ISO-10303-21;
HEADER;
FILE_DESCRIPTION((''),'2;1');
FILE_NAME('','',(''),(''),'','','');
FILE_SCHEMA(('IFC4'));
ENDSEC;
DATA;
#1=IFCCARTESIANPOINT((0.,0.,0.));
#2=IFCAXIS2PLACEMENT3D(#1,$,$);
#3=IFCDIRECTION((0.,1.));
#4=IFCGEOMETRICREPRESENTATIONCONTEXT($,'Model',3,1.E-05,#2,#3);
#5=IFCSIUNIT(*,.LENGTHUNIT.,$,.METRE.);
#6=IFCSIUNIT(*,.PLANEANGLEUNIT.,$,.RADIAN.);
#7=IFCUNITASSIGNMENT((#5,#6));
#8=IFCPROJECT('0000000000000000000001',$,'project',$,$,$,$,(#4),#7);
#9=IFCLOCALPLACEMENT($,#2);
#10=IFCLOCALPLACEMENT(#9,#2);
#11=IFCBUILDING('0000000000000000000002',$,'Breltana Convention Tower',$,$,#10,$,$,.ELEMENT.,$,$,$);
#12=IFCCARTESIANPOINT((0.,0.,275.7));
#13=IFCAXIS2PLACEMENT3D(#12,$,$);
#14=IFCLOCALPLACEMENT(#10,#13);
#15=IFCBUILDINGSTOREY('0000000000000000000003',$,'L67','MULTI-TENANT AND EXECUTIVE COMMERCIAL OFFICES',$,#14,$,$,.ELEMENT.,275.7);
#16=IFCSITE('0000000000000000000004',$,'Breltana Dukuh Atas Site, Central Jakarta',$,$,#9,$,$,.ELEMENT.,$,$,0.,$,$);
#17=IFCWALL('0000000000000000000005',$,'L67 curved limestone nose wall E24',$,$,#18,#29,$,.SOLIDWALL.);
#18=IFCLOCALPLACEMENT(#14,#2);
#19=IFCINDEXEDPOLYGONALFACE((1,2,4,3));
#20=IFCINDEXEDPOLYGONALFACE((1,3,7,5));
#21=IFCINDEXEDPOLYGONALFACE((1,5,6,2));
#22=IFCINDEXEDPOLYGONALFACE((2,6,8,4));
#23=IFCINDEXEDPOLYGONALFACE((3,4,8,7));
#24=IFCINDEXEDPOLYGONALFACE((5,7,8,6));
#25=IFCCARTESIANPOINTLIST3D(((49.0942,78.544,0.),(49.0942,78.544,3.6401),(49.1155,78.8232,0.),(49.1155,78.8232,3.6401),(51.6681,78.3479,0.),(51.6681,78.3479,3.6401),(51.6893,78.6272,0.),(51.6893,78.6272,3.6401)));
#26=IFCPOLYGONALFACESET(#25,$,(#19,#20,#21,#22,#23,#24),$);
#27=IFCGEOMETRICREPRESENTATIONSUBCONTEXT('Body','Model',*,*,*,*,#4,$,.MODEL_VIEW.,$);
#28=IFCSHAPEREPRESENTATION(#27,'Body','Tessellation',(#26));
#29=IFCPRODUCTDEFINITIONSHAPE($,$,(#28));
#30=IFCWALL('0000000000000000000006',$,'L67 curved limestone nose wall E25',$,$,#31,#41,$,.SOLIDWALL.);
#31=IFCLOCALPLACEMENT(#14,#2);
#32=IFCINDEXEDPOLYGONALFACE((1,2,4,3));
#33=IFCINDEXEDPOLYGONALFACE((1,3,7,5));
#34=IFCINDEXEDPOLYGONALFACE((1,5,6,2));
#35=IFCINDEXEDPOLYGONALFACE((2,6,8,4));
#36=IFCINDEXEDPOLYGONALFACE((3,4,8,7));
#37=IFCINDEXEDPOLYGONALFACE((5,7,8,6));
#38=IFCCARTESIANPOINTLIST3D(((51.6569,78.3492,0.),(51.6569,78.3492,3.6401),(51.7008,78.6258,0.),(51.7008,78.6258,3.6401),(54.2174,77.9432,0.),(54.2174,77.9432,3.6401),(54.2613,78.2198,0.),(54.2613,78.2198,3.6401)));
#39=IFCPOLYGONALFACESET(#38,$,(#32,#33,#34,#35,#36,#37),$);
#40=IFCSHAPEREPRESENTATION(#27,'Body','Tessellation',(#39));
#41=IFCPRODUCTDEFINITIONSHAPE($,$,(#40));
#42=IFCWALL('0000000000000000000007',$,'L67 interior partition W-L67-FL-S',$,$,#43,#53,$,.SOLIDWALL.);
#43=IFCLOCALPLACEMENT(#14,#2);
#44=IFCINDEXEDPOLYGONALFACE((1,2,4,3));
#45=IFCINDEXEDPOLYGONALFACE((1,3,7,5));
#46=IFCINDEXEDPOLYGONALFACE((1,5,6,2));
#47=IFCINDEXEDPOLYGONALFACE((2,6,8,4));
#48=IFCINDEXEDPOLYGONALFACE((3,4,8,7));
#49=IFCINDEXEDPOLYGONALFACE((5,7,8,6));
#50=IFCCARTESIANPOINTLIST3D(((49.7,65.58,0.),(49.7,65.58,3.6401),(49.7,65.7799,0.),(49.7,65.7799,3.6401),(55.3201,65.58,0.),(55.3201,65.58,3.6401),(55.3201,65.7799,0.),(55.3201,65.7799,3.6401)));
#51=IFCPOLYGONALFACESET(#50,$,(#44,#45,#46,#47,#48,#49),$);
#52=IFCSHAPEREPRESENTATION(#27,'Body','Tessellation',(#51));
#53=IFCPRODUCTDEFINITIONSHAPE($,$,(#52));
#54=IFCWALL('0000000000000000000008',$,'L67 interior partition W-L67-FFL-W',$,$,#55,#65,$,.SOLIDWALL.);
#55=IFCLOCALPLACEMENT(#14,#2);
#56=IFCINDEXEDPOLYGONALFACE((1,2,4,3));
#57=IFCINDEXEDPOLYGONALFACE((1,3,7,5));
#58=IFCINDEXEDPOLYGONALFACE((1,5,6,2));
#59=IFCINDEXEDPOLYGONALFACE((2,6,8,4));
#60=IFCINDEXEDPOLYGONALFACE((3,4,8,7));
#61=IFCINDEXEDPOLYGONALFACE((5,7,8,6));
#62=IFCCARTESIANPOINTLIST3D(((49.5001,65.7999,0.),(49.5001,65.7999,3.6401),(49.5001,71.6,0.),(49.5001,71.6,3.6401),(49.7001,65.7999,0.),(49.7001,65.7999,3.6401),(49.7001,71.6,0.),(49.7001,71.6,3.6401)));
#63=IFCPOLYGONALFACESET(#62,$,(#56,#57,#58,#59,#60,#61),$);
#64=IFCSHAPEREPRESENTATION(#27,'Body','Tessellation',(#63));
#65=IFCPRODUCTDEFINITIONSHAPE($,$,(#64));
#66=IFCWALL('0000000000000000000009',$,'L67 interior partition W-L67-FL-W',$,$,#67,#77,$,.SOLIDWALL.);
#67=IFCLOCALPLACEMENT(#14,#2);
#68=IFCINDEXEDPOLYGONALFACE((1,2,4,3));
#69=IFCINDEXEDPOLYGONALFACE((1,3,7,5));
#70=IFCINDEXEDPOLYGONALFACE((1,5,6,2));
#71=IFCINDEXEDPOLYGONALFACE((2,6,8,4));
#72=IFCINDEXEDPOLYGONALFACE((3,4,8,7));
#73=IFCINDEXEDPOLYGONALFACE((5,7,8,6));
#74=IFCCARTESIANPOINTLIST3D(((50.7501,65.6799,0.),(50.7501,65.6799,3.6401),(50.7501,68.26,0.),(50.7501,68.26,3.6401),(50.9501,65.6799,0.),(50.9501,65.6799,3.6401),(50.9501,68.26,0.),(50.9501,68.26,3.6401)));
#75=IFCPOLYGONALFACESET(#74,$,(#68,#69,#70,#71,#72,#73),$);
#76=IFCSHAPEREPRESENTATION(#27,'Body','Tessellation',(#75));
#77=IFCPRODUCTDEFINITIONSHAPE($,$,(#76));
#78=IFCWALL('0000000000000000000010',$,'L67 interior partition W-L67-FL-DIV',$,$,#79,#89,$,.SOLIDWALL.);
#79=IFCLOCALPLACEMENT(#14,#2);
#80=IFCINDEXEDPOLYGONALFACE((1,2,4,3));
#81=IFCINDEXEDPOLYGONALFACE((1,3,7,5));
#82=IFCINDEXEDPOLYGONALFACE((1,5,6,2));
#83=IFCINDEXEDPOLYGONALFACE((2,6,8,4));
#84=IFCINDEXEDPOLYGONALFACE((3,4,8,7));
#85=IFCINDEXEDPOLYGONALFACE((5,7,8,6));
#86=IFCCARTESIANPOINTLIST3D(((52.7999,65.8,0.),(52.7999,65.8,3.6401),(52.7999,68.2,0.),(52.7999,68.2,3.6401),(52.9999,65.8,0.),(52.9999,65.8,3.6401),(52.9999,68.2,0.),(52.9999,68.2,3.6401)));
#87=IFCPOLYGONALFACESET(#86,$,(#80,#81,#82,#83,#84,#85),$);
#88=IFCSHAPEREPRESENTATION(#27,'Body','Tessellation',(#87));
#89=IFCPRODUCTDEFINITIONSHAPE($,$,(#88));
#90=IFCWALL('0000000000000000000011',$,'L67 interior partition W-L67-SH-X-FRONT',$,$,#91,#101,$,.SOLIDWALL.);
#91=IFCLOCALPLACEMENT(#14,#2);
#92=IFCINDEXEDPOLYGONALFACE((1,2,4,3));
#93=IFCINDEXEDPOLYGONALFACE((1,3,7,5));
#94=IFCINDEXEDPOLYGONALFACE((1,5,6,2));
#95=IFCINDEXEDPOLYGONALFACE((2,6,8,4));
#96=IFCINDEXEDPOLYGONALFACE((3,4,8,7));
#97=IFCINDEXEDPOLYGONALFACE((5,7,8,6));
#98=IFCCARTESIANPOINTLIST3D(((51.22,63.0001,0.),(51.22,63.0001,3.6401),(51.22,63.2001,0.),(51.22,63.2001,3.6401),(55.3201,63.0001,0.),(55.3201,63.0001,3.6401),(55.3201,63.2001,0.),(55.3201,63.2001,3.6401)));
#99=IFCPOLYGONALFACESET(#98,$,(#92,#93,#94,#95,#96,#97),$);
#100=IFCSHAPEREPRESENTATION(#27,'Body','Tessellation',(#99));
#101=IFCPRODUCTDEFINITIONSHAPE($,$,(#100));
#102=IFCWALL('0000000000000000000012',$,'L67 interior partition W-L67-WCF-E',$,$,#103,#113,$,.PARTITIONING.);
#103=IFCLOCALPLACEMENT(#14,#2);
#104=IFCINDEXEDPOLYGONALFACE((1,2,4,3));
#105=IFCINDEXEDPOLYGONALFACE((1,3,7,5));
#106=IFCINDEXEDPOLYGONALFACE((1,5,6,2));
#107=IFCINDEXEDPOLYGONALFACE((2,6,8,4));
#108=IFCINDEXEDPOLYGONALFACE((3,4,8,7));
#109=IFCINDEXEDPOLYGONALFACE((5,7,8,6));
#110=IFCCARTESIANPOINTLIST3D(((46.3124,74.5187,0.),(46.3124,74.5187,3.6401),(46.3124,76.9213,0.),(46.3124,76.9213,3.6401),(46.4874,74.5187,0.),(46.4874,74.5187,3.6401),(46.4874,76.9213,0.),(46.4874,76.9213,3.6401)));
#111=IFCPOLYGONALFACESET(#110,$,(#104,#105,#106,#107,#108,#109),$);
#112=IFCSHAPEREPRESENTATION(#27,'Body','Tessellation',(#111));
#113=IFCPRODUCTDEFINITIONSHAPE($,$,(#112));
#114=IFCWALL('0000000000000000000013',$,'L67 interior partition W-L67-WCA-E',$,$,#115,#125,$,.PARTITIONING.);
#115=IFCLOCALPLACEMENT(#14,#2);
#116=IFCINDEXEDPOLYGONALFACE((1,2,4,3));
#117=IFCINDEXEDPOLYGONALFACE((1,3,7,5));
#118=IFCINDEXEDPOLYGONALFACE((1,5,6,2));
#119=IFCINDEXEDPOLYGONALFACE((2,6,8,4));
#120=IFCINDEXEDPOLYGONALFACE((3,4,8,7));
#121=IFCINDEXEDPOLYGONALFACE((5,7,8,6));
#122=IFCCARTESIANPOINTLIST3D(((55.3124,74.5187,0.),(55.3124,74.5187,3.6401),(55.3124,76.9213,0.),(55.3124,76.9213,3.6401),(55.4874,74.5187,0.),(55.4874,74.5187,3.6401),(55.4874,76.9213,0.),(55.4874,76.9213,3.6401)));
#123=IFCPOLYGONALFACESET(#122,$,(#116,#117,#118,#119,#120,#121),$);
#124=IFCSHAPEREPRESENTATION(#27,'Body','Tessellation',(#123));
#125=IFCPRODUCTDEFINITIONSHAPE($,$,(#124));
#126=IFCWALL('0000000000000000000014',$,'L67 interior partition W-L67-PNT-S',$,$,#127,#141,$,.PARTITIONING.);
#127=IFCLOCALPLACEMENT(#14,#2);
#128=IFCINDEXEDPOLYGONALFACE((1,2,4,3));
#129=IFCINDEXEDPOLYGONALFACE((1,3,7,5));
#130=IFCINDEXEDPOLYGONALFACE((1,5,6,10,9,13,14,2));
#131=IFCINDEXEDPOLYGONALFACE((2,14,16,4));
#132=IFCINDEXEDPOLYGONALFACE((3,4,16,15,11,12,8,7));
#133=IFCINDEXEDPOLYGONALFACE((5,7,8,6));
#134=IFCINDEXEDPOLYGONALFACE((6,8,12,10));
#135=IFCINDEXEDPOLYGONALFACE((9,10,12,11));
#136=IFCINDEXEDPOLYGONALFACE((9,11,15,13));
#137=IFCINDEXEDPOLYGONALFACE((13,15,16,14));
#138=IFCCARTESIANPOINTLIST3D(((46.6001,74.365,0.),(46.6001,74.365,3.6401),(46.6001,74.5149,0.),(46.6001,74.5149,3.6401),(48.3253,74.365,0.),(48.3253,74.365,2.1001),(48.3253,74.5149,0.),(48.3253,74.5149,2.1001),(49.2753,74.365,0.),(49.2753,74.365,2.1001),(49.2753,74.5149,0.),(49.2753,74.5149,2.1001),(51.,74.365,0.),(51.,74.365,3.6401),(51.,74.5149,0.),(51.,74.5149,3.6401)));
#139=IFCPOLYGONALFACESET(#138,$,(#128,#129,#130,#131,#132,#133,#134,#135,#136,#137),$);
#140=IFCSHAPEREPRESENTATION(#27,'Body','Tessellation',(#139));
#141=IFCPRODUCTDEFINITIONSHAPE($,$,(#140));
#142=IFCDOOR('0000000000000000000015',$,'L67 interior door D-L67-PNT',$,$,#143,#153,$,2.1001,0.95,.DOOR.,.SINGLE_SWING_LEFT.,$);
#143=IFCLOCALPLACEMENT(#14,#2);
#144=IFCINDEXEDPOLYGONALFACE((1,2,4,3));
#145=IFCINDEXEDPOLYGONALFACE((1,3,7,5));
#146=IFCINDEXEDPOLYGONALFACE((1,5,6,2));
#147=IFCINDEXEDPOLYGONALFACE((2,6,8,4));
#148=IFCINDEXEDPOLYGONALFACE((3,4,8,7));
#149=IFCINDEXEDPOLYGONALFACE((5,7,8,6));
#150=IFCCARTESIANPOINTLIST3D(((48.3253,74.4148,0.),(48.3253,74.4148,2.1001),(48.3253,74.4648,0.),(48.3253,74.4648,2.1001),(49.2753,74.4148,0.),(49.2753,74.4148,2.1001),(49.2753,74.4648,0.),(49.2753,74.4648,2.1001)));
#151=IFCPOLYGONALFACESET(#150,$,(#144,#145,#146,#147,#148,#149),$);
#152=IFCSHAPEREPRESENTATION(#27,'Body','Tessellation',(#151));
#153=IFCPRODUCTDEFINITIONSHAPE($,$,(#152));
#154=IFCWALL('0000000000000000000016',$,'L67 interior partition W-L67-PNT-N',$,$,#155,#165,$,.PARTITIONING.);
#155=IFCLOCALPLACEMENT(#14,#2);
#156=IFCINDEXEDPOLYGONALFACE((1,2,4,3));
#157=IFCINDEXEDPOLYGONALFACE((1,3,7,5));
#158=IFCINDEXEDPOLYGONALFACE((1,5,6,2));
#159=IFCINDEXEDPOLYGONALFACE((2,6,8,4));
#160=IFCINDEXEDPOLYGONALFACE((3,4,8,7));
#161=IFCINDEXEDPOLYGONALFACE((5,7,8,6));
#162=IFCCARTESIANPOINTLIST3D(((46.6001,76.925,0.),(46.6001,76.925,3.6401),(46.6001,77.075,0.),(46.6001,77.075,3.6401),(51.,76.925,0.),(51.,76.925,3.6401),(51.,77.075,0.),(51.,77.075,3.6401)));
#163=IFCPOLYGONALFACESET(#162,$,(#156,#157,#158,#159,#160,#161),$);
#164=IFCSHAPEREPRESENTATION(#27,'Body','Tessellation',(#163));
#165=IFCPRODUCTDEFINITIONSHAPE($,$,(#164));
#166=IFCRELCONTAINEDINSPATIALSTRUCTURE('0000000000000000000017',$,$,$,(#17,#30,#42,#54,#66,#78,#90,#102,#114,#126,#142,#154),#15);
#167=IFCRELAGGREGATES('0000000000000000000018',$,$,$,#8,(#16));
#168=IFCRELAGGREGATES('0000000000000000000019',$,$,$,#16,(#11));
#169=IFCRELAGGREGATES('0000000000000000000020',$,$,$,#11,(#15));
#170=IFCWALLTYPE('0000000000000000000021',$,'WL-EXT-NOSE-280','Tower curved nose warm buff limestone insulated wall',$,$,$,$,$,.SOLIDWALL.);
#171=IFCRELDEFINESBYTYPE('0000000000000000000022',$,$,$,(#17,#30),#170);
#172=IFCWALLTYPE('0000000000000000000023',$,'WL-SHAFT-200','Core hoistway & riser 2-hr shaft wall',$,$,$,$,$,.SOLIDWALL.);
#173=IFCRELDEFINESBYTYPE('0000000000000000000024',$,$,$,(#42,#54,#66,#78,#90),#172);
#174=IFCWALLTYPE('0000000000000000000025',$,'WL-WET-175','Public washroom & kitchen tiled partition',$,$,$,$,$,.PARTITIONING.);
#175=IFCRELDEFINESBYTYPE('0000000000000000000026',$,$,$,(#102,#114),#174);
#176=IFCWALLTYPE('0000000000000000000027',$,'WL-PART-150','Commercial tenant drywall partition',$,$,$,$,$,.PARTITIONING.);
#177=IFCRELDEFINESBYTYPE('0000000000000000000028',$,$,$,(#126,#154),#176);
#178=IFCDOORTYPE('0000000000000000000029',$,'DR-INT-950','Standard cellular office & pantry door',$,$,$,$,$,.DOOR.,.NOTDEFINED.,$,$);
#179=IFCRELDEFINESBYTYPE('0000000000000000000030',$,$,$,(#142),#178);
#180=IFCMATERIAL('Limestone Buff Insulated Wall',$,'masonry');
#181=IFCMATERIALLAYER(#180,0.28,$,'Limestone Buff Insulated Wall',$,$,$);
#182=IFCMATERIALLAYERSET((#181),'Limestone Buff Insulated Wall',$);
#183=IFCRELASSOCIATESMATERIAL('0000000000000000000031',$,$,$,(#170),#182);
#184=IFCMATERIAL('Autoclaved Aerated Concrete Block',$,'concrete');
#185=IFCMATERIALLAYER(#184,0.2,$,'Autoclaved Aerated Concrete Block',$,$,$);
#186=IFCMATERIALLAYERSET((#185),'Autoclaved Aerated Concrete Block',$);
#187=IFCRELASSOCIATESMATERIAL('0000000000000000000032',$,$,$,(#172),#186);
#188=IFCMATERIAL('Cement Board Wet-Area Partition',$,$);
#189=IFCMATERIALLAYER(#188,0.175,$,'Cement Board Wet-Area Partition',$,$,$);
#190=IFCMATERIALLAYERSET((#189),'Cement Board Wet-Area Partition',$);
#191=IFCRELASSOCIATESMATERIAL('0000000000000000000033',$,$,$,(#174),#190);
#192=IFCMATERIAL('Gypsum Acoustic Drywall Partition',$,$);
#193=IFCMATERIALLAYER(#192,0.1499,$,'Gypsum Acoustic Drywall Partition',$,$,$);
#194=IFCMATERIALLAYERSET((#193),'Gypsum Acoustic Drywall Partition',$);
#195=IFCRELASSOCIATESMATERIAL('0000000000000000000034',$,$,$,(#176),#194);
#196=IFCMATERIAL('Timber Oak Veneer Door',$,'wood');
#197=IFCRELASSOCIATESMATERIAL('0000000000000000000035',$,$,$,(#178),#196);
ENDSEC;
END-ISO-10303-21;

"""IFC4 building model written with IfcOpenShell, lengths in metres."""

from ifc_helpers import new_model, si_unit, direction, frame, frame_2d, origin, place, context, subcontext, project, spatial, rectangle, extrude, source, transform, mapped, material, layer, layer_set, type_object, type_shapes, element, fill, save


model = new_model("IFC4")

# Units and contexts
model_context = context("Model", 3, precision=1e-05, world=origin(), true_north=direction((0.0, 1.0)))
body_context = subcontext(model_context, "Body", "Model", "MODEL_VIEW")
ifc_project = project(units=[si_unit("LENGTHUNIT", "METRE"), si_unit("PLANEANGLEUNIT", "RADIAN")], contexts=[model_context])

# Site, building, storey
site_placement = place(None, origin())
site = spatial("IfcSite", under=ifc_project, at=site_placement, Name="Breltana Dukuh Atas Site, Central Jakarta", CompositionType="ELEMENT", RefElevation=0.0)
building_placement = place(site_placement, origin())
building = spatial("IfcBuilding", under=site, at=building_placement, Name="Breltana Convention Tower", CompositionType="ELEMENT")
storey_placement = place(building_placement, frame((0.0, 0.0, 275.7)))
storey = spatial("IfcBuildingStorey", under=building, at=storey_placement, Name="L67", Description="MULTI-TENANT AND EXECUTIVE COMMERCIAL OFFICES", CompositionType="ELEMENT", Elevation=275.7)

# Walls
ifc_material_1 = material(Name="Limestone Buff Insulated Wall", Category="masonry")
ifc_layer_1 = layer(ifc_material_1, 0.28, Name="Limestone Buff Insulated Wall")
ifc_layer_set_1 = layer_set([ifc_layer_1], Name="Limestone Buff Insulated Wall")
wall_type_1 = type_object("IfcWallType", Name="WL-EXT-NOSE-280", Description="Tower curved nose warm buff limestone insulated wall", PredefinedType="SOLIDWALL", material=ifc_layer_set_1)
shared_shape_1 = source(origin(), body_context, "Body", "SweptSolid", [
    extrude(rectangle(XDim=2.5813, YDim=0.28, at=frame_2d((1.2905, 0.0))), origin(), (0.0, 0.0, 1.0), 3.6401),
])
wall_1_placement = place(storey_placement, frame((49.105, 78.6836, 0.0), z_axis=(0.0, 0.0, 1.0), x_axis=(0.997112, -0.075951, 0.0)))
element("IfcWall", 1, at=wall_1_placement, inside=storey, type_object=wall_type_1, Name="L67 curved limestone nose wall E24", PredefinedType="SOLIDWALL", context=body_context, shape_type="MappedRepresentation", body=[
    mapped(shared_shape_1, transform((0.0, 0.0, 0.0), scale=1.0)),
])
shared_shape_2 = source(origin(), body_context, "Body", "SweptSolid", [
    extrude(rectangle(XDim=2.5925, YDim=0.28, at=frame_2d((1.2964, 0.0))), origin(), (0.0, 0.0, 1.0), 3.6401),
])
wall_2_placement = place(storey_placement, frame((51.6787, 78.4875, 0.0), z_axis=(0.0, 0.0, 1.0), x_axis=(0.987661, -0.156606, 0.0)))
element("IfcWall", 2, at=wall_2_placement, inside=storey, type_object=wall_type_1, Name="L67 curved limestone nose wall E25", PredefinedType="SOLIDWALL", context=body_context, shape_type="MappedRepresentation", body=[
    mapped(shared_shape_2, transform((0.0, 0.0, 0.0), scale=1.0)),
])

# Shared definitions
ifc_material_2 = material(Name="Autoclaved Aerated Concrete Block", Category="concrete")
ifc_layer_2 = layer(ifc_material_2, 0.2, Name="Autoclaved Aerated Concrete Block")
ifc_layer_set_2 = layer_set([ifc_layer_2], Name="Autoclaved Aerated Concrete Block")
wall_type_2 = type_object("IfcWallType", Name="WL-SHAFT-200", Description="Core hoistway & riser 2-hr shaft wall", PredefinedType="SOLIDWALL", material=ifc_layer_set_2)
shared_shape_3 = source(origin(), body_context, "Body", "SweptSolid", [
    extrude(rectangle(XDim=5.6201, YDim=0.2, at=frame_2d((2.8101, 0.0))), origin(), (0.0, 0.0, 1.0), 3.6401),
])

# Walls
wall_3_placement = place(storey_placement, frame((49.7, 65.6799, 0.0), z_axis=(0.0, 0.0, 1.0), x_axis=(1.0, 0.0, 0.0)))
element("IfcWall", 3, at=wall_3_placement, inside=storey, type_object=wall_type_2, Name="L67 interior partition W-L67-FL-S", PredefinedType="SOLIDWALL", context=body_context, shape_type="MappedRepresentation", body=[
    mapped(shared_shape_3, transform((0.0, 0.0, 0.0), scale=1.0)),
])
shared_shape_4 = source(origin(), body_context, "Body", "SweptSolid", [
    extrude(rectangle(XDim=5.8, YDim=0.2, at=frame_2d((2.8999, 0.0))), origin(), (0.0, 0.0, 1.0), 3.6401),
])
wall_4_placement = place(storey_placement, frame((49.6001, 65.8, 0.0), z_axis=(0.0, 0.0, 1.0), x_axis=(0.0, 1.0, 0.0)))
element("IfcWall", 4, at=wall_4_placement, inside=storey, type_object=wall_type_2, Name="L67 interior partition W-L67-FFL-W", PredefinedType="SOLIDWALL", context=body_context, shape_type="MappedRepresentation", body=[
    mapped(shared_shape_4, transform((0.0, 0.0, 0.0), scale=1.0)),
])
shared_shape_5 = source(origin(), body_context, "Body", "SweptSolid", [
    extrude(rectangle(XDim=2.5801, YDim=0.2, at=frame_2d((1.29, 0.0))), origin(), (0.0, 0.0, 1.0), 3.6401),
])
wall_5_placement = place(storey_placement, frame((50.8501, 65.6799, 0.0), z_axis=(0.0, 0.0, 1.0), x_axis=(0.0, 1.0, 0.0)))
element("IfcWall", 5, at=wall_5_placement, inside=storey, type_object=wall_type_2, Name="L67 interior partition W-L67-FL-W", PredefinedType="SOLIDWALL", context=body_context, shape_type="MappedRepresentation", body=[
    mapped(shared_shape_5, transform((0.0, 0.0, 0.0), scale=1.0)),
])
shared_shape_6 = source(origin(), body_context, "Body", "SweptSolid", [
    extrude(rectangle(XDim=2.3999, YDim=0.2, at=frame_2d((1.2, 0.0))), origin(), (0.0, 0.0, 1.0), 3.6401),
])
wall_6_placement = place(storey_placement, frame((52.8999, 65.8, 0.0), z_axis=(0.0, 0.0, 1.0), x_axis=(0.0, 1.0, 0.0)))
element("IfcWall", 6, at=wall_6_placement, inside=storey, type_object=wall_type_2, Name="L67 interior partition W-L67-FL-DIV", PredefinedType="SOLIDWALL", context=body_context, shape_type="MappedRepresentation", body=[
    mapped(shared_shape_6, transform((0.0, 0.0, 0.0), scale=1.0)),
])
shared_shape_7 = source(origin(), body_context, "Body", "SweptSolid", [
    extrude(rectangle(XDim=4.1001, YDim=0.2, at=frame_2d((2.05, 0.0))), origin(), (0.0, 0.0, 1.0), 3.6401),
])
wall_7_placement = place(storey_placement, frame((51.22, 63.1001, 0.0), z_axis=(0.0, 0.0, 1.0), x_axis=(1.0, 0.0, 0.0)))
element("IfcWall", 7, at=wall_7_placement, inside=storey, type_object=wall_type_2, Name="L67 interior partition W-L67-SH-X-FRONT", PredefinedType="SOLIDWALL", context=body_context, shape_type="MappedRepresentation", body=[
    mapped(shared_shape_7, transform((0.0, 0.0, 0.0), scale=1.0)),
])
ifc_material_3 = material(Name="Cement Board Wet-Area Partition")
ifc_layer_3 = layer(ifc_material_3, 0.175, Name="Cement Board Wet-Area Partition")
ifc_layer_set_3 = layer_set([ifc_layer_3], Name="Cement Board Wet-Area Partition")
wall_type_3 = type_object("IfcWallType", Name="WL-WET-175", Description="Public washroom & kitchen tiled partition", PredefinedType="PARTITIONING", material=ifc_layer_set_3)
shared_shape_8 = source(origin(), body_context, "Body", "SweptSolid", [
    extrude(rectangle(XDim=2.4026, YDim=0.175, at=frame_2d((1.2012, 0.0))), origin(), (0.0, 0.0, 1.0), 3.6401),
])
for number, where, z_axis, x_axis, name in (
    (8, (46.3999, 74.5188, 0.0), (0.0, 0.0, 1.0), (0.0, 1.0, 0.0), "L67 interior partition W-L67-WCF-E"),
    (9, (55.3999, 74.5188, 0.0), (0.0, 0.0, 1.0), (0.0, 1.0, 0.0), "L67 interior partition W-L67-WCA-E"),
):
    element("IfcWall", number, at=place(storey_placement, frame(where, z_axis=z_axis, x_axis=x_axis)), inside=storey, type_object=wall_type_3, Name=name, PredefinedType="PARTITIONING", context=body_context, shape_type="MappedRepresentation", body=[
        mapped(shared_shape_8, transform((0.0, 0.0, 0.0), scale=1.0)),
    ])

# Wall, opening, door
ifc_material_4 = material(Name="Gypsum Acoustic Drywall Partition")
ifc_layer_4 = layer(ifc_material_4, 0.1499, Name="Gypsum Acoustic Drywall Partition")
ifc_layer_set_4 = layer_set([ifc_layer_4], Name="Gypsum Acoustic Drywall Partition")
wall_type_4 = type_object("IfcWallType", Name="WL-PART-150", Description="Commercial tenant drywall partition", PredefinedType="PARTITIONING", material=ifc_layer_set_4)
shared_shape_9 = source(origin(), body_context, "Body", "SweptSolid", [
    extrude(rectangle(XDim=4.3999, YDim=0.1499, at=frame_2d((2.2, 0.0))), origin(), (0.0, 0.0, 1.0), 3.6401),
])
wall_8_placement = place(storey_placement, frame((46.6001, 74.4399, 0.0), z_axis=(0.0, 0.0, 1.0), x_axis=(1.0, 0.0, 0.0)))
wall_8 = element("IfcWall", 10, at=wall_8_placement, inside=storey, type_object=wall_type_4, Name="L67 interior partition W-L67-PNT-S", PredefinedType="PARTITIONING", context=body_context, shape_type="MappedRepresentation", body=[
    mapped(shared_shape_9, transform((0.0, 0.0, 0.0), scale=1.0)),
])
opening_1_placement = place(wall_8_placement, frame((1.7251, 0.0, 0.0)))
opening_1 = element("IfcOpeningElement", 11, at=opening_1_placement, cuts=wall_8, PredefinedType="OPENING", context=body_context, shape_type="SweptSolid", body=[
    extrude(rectangle(XDim=0.95, YDim=2.1001, at=frame_2d((0.4751, 1.05))), frame((0.0, 0.085, 0.0), z_axis=(0.0, -1.0, 0.0), x_axis=(1.0, 0.0, 0.0)), (0.0, 0.0, 1.0), 0.1699),
])
ifc_material_5 = material(Name="Timber Oak Veneer Door", Category="wood")
door_type_1 = type_object("IfcDoorType", Name="DR-INT-950", Description="Standard cellular office & pantry door", OperationType="NOTDEFINED", PredefinedType="DOOR", material=ifc_material_5)
shared_shape_10 = source(origin(), body_context, "Body", "SweptSolid", [
    extrude(rectangle(XDim=0.95, YDim=2.1001, at=frame_2d((0.4751, 1.05))), frame((0.0, 0.0249, 0.0), z_axis=(0.0, -1.0, 0.0), x_axis=(1.0, 0.0, 0.0)), (0.0, 0.0, 1.0), 0.05),
])
type_shapes(door_type_1, [shared_shape_10])
door_1_placement = place(opening_1_placement, origin())
door_1 = element("IfcDoor", 12, at=door_1_placement, inside=storey, type_object=door_type_1, Name="L67 interior door D-L67-PNT", OperationType="SINGLE_SWING_LEFT", OverallHeight=2.1001, OverallWidth=0.95, PredefinedType="DOOR", context=body_context, shape_type="MappedRepresentation", body=[
    mapped(shared_shape_10, transform((0.0, 0.0, 0.0), scale=1.0)),
])
fill(opening_1, door_1)

# Wall
wall_9_placement = place(storey_placement, frame((46.6001, 77.0, 0.0), z_axis=(0.0, 0.0, 1.0), x_axis=(1.0, 0.0, 0.0)))
element("IfcWall", 13, at=wall_9_placement, inside=storey, type_object=wall_type_4, Name="L67 interior partition W-L67-PNT-N", PredefinedType="PARTITIONING", context=body_context, shape_type="MappedRepresentation", body=[
    mapped(shared_shape_9, transform((0.0, 0.0, 0.0), scale=1.0)),
])

save(model, "model.ifc")
